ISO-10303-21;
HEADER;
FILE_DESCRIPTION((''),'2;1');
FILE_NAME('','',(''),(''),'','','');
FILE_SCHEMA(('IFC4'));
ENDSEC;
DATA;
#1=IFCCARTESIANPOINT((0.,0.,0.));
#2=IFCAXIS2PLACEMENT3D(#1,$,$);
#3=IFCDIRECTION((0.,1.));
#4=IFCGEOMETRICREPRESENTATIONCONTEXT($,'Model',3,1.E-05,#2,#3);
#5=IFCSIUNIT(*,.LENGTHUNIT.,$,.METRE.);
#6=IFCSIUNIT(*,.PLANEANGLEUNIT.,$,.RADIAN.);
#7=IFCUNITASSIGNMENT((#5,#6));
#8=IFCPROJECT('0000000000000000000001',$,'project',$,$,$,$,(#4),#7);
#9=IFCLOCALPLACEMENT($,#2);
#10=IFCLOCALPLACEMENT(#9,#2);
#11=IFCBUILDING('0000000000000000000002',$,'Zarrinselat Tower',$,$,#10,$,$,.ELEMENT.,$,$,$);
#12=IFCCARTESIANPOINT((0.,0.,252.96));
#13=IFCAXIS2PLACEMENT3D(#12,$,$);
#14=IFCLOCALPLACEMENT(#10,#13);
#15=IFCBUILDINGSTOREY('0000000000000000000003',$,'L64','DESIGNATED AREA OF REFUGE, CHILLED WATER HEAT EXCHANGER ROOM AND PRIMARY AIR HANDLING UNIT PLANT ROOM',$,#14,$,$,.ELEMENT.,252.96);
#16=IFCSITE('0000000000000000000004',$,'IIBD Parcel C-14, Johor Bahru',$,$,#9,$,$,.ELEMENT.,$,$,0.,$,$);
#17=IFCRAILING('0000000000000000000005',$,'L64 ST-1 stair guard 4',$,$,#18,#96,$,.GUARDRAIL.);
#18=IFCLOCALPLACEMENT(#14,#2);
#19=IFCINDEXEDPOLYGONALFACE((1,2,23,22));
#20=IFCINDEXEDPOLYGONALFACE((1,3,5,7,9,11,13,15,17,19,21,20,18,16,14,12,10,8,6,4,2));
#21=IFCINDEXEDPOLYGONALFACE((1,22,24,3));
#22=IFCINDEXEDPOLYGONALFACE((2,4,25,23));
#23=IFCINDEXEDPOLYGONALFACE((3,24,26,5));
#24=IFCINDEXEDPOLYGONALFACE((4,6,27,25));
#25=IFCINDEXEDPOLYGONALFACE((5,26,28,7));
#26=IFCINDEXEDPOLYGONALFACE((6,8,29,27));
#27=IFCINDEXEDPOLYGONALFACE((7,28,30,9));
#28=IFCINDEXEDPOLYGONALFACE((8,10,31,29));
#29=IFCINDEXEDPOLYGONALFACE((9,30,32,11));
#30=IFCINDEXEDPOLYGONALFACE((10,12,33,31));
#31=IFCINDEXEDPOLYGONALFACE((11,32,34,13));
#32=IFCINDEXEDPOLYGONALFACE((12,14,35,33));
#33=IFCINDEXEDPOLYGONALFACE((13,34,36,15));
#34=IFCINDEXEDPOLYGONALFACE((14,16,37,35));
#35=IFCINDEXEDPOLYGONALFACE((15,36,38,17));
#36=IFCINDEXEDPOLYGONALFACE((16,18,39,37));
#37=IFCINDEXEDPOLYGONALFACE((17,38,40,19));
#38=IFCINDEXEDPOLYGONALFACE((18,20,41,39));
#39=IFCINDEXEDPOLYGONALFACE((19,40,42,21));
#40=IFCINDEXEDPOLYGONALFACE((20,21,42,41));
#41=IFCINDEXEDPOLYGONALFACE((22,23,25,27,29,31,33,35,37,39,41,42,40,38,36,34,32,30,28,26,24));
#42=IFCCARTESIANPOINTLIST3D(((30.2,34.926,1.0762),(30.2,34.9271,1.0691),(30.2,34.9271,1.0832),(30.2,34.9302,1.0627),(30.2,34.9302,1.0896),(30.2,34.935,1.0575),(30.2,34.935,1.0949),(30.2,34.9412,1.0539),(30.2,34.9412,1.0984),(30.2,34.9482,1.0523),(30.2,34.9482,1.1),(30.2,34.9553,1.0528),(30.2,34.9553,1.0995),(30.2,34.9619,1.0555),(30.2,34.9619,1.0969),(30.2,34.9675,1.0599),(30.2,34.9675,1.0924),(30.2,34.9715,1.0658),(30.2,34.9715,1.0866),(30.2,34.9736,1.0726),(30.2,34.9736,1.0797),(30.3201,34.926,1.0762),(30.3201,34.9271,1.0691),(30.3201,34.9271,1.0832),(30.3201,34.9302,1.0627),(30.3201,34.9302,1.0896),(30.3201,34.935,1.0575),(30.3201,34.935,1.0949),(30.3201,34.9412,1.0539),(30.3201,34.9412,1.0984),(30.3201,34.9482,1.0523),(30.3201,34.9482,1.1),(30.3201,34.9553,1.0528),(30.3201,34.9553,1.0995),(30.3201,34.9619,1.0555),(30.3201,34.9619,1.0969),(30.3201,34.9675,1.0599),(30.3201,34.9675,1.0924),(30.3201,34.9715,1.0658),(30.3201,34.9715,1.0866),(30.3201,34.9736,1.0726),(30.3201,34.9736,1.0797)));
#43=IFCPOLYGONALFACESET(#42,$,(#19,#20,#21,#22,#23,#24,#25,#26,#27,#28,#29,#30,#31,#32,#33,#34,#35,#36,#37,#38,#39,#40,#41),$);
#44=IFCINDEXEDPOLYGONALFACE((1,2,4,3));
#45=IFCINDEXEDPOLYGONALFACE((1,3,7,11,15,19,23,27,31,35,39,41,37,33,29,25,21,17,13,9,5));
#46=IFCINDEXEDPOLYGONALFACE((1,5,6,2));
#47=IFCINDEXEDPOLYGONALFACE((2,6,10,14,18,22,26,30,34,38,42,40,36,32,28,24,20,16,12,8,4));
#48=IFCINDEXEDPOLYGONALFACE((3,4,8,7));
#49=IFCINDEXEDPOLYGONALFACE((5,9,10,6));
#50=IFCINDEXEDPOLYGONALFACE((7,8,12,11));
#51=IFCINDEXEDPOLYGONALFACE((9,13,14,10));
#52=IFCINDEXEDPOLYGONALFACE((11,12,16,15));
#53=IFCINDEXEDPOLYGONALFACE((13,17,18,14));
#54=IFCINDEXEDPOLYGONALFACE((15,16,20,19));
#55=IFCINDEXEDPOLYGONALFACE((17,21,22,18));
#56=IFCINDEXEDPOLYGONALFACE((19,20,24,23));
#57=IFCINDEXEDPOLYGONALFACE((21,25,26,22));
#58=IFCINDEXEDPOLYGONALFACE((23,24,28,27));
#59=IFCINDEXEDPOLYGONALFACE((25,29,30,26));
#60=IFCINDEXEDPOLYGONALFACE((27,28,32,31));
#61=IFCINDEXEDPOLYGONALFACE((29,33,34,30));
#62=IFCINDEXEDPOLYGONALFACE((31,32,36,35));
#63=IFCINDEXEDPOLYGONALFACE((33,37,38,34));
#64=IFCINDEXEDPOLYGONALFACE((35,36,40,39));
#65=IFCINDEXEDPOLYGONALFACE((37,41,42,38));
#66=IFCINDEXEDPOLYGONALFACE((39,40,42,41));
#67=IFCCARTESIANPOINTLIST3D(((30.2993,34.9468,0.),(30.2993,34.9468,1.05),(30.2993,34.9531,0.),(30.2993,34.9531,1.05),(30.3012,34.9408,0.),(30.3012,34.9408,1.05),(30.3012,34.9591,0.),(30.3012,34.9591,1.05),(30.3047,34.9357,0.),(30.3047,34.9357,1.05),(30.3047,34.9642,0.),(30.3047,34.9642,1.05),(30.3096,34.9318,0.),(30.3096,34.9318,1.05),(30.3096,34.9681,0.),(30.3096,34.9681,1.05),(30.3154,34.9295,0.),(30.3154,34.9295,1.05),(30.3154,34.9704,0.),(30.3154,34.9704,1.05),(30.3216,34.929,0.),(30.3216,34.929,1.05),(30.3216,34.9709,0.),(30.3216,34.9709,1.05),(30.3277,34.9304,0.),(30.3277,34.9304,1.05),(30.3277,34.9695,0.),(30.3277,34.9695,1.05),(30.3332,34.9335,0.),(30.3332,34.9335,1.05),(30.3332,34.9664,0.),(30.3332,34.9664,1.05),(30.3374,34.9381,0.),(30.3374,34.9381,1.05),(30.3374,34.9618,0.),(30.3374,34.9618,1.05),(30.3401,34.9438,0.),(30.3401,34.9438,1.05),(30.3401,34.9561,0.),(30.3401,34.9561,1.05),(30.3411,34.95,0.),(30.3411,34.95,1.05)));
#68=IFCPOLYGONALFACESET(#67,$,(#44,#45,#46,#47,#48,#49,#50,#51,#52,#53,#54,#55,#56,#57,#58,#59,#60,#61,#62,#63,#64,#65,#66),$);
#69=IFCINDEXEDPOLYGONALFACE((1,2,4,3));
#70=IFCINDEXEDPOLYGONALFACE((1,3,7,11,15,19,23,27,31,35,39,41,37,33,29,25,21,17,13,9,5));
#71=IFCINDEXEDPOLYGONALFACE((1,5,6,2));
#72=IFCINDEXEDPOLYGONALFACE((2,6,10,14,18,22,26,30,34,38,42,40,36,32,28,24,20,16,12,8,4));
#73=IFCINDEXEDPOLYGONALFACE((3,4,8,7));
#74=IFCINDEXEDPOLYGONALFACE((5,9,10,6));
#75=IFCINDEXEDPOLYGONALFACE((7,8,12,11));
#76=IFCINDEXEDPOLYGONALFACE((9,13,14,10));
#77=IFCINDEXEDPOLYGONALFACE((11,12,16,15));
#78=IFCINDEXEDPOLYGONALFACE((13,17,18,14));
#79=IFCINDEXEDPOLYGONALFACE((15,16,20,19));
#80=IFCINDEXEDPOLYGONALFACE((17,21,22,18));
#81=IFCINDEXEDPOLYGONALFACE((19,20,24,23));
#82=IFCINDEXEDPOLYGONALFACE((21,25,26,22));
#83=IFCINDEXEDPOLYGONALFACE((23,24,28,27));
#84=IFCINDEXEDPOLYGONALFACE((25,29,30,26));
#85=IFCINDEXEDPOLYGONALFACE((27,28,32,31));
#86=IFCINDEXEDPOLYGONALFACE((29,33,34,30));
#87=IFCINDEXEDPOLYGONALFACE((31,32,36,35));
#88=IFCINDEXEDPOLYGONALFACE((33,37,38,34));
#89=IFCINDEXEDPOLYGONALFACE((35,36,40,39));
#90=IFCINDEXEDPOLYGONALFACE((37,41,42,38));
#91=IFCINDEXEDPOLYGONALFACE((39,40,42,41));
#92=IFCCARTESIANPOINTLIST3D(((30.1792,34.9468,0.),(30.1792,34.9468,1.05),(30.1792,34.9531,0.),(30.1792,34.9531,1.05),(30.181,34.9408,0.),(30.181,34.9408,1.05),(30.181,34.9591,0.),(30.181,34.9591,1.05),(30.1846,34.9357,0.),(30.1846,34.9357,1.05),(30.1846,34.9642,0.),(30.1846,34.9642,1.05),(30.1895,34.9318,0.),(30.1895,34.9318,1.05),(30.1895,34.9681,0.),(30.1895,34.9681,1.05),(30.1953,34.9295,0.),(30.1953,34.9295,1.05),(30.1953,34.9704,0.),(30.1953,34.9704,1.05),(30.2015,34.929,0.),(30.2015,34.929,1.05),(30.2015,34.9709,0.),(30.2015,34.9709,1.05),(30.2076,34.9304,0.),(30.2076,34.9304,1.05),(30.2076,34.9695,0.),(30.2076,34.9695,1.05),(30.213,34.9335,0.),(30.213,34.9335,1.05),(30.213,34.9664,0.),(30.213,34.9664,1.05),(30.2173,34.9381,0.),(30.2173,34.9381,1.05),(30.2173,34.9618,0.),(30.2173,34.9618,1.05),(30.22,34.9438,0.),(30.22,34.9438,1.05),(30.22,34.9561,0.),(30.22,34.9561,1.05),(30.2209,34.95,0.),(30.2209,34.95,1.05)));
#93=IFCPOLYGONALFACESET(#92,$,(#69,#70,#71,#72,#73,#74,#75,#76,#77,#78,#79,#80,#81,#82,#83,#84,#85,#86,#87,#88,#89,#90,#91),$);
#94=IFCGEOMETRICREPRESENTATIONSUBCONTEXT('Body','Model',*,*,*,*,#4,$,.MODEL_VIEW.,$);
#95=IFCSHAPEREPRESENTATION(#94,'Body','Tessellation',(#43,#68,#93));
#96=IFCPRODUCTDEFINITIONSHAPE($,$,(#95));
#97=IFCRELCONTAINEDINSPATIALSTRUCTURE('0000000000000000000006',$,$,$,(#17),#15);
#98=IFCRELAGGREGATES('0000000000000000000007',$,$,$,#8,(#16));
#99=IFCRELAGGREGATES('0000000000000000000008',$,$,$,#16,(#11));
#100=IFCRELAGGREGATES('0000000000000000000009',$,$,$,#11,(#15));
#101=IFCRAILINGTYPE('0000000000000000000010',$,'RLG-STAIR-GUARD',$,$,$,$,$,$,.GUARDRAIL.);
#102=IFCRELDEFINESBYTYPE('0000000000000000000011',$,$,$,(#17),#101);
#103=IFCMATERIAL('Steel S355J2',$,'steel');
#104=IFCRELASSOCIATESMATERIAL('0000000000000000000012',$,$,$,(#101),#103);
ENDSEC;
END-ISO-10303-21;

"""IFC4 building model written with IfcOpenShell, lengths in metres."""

from ifc_helpers import new_model, si_unit, direction, frame, origin, origin_2d, place, context, subcontext, project, spatial, circle, extrude, material, type_object, element, save


model = new_model("IFC4")

# Units and contexts
model_context = context("Model", 3, precision=1e-05, world=origin(), true_north=direction((0.0, 1.0)))
body_context = subcontext(model_context, "Body", "Model", "MODEL_VIEW")
ifc_project = project(units=[si_unit("LENGTHUNIT", "METRE"), si_unit("PLANEANGLEUNIT", "RADIAN")], contexts=[model_context])

# Site, building, storey
site_placement = place(None, origin())
site = spatial("IfcSite", under=ifc_project, at=site_placement, Name="IIBD Parcel C-14, Johor Bahru", CompositionType="ELEMENT", RefElevation=0.0)
building_placement = place(site_placement, origin())
building = spatial("IfcBuilding", under=site, at=building_placement, Name="Zarrinselat Tower", CompositionType="ELEMENT")
storey_placement = place(building_placement, frame((0.0, 0.0, 252.96)))
storey = spatial("IfcBuildingStorey", under=building, at=storey_placement, Name="L64", Description="DESIGNATED AREA OF REFUGE, CHILLED WATER HEAT EXCHANGER ROOM AND PRIMARY AIR HANDLING UNIT PLANT ROOM", CompositionType="ELEMENT", Elevation=252.96)

# Railing
ifc_material_1 = material(Name="Steel S355J2", Category="steel")
railing_type_1 = type_object("IfcRailingType", Name="RLG-STAIR-GUARD", PredefinedType="GUARDRAIL", material=ifc_material_1)
railing_1_placement = place(storey_placement, frame((30.3201, 34.95, 0.0)))
element("IfcRailing", 1, at=railing_1_placement, inside=storey, type_object=railing_type_1, Name="L64 ST-1 stair guard 4", PredefinedType="GUARDRAIL", context=body_context, shape_type="SweptSolid", body=[
    extrude(circle(Radius=0.0239, at=origin_2d()), frame((0.0, 0.0, 1.0762), z_axis=(-1.0, 0.0, 0.0), x_axis=(0.0, -1.0, 0.0)), (0.0, 0.0, 1.0), 0.1201),
    extrude(circle(Radius=0.021, at=origin_2d()), origin(), (0.0, 0.0, 1.0), 1.05),
    extrude(circle(Radius=0.021, at=origin_2d()), frame((-0.1201, 0.0, 0.0)), (0.0, 0.0, 1.0), 1.05),
])

save(model, "model.ifc")
